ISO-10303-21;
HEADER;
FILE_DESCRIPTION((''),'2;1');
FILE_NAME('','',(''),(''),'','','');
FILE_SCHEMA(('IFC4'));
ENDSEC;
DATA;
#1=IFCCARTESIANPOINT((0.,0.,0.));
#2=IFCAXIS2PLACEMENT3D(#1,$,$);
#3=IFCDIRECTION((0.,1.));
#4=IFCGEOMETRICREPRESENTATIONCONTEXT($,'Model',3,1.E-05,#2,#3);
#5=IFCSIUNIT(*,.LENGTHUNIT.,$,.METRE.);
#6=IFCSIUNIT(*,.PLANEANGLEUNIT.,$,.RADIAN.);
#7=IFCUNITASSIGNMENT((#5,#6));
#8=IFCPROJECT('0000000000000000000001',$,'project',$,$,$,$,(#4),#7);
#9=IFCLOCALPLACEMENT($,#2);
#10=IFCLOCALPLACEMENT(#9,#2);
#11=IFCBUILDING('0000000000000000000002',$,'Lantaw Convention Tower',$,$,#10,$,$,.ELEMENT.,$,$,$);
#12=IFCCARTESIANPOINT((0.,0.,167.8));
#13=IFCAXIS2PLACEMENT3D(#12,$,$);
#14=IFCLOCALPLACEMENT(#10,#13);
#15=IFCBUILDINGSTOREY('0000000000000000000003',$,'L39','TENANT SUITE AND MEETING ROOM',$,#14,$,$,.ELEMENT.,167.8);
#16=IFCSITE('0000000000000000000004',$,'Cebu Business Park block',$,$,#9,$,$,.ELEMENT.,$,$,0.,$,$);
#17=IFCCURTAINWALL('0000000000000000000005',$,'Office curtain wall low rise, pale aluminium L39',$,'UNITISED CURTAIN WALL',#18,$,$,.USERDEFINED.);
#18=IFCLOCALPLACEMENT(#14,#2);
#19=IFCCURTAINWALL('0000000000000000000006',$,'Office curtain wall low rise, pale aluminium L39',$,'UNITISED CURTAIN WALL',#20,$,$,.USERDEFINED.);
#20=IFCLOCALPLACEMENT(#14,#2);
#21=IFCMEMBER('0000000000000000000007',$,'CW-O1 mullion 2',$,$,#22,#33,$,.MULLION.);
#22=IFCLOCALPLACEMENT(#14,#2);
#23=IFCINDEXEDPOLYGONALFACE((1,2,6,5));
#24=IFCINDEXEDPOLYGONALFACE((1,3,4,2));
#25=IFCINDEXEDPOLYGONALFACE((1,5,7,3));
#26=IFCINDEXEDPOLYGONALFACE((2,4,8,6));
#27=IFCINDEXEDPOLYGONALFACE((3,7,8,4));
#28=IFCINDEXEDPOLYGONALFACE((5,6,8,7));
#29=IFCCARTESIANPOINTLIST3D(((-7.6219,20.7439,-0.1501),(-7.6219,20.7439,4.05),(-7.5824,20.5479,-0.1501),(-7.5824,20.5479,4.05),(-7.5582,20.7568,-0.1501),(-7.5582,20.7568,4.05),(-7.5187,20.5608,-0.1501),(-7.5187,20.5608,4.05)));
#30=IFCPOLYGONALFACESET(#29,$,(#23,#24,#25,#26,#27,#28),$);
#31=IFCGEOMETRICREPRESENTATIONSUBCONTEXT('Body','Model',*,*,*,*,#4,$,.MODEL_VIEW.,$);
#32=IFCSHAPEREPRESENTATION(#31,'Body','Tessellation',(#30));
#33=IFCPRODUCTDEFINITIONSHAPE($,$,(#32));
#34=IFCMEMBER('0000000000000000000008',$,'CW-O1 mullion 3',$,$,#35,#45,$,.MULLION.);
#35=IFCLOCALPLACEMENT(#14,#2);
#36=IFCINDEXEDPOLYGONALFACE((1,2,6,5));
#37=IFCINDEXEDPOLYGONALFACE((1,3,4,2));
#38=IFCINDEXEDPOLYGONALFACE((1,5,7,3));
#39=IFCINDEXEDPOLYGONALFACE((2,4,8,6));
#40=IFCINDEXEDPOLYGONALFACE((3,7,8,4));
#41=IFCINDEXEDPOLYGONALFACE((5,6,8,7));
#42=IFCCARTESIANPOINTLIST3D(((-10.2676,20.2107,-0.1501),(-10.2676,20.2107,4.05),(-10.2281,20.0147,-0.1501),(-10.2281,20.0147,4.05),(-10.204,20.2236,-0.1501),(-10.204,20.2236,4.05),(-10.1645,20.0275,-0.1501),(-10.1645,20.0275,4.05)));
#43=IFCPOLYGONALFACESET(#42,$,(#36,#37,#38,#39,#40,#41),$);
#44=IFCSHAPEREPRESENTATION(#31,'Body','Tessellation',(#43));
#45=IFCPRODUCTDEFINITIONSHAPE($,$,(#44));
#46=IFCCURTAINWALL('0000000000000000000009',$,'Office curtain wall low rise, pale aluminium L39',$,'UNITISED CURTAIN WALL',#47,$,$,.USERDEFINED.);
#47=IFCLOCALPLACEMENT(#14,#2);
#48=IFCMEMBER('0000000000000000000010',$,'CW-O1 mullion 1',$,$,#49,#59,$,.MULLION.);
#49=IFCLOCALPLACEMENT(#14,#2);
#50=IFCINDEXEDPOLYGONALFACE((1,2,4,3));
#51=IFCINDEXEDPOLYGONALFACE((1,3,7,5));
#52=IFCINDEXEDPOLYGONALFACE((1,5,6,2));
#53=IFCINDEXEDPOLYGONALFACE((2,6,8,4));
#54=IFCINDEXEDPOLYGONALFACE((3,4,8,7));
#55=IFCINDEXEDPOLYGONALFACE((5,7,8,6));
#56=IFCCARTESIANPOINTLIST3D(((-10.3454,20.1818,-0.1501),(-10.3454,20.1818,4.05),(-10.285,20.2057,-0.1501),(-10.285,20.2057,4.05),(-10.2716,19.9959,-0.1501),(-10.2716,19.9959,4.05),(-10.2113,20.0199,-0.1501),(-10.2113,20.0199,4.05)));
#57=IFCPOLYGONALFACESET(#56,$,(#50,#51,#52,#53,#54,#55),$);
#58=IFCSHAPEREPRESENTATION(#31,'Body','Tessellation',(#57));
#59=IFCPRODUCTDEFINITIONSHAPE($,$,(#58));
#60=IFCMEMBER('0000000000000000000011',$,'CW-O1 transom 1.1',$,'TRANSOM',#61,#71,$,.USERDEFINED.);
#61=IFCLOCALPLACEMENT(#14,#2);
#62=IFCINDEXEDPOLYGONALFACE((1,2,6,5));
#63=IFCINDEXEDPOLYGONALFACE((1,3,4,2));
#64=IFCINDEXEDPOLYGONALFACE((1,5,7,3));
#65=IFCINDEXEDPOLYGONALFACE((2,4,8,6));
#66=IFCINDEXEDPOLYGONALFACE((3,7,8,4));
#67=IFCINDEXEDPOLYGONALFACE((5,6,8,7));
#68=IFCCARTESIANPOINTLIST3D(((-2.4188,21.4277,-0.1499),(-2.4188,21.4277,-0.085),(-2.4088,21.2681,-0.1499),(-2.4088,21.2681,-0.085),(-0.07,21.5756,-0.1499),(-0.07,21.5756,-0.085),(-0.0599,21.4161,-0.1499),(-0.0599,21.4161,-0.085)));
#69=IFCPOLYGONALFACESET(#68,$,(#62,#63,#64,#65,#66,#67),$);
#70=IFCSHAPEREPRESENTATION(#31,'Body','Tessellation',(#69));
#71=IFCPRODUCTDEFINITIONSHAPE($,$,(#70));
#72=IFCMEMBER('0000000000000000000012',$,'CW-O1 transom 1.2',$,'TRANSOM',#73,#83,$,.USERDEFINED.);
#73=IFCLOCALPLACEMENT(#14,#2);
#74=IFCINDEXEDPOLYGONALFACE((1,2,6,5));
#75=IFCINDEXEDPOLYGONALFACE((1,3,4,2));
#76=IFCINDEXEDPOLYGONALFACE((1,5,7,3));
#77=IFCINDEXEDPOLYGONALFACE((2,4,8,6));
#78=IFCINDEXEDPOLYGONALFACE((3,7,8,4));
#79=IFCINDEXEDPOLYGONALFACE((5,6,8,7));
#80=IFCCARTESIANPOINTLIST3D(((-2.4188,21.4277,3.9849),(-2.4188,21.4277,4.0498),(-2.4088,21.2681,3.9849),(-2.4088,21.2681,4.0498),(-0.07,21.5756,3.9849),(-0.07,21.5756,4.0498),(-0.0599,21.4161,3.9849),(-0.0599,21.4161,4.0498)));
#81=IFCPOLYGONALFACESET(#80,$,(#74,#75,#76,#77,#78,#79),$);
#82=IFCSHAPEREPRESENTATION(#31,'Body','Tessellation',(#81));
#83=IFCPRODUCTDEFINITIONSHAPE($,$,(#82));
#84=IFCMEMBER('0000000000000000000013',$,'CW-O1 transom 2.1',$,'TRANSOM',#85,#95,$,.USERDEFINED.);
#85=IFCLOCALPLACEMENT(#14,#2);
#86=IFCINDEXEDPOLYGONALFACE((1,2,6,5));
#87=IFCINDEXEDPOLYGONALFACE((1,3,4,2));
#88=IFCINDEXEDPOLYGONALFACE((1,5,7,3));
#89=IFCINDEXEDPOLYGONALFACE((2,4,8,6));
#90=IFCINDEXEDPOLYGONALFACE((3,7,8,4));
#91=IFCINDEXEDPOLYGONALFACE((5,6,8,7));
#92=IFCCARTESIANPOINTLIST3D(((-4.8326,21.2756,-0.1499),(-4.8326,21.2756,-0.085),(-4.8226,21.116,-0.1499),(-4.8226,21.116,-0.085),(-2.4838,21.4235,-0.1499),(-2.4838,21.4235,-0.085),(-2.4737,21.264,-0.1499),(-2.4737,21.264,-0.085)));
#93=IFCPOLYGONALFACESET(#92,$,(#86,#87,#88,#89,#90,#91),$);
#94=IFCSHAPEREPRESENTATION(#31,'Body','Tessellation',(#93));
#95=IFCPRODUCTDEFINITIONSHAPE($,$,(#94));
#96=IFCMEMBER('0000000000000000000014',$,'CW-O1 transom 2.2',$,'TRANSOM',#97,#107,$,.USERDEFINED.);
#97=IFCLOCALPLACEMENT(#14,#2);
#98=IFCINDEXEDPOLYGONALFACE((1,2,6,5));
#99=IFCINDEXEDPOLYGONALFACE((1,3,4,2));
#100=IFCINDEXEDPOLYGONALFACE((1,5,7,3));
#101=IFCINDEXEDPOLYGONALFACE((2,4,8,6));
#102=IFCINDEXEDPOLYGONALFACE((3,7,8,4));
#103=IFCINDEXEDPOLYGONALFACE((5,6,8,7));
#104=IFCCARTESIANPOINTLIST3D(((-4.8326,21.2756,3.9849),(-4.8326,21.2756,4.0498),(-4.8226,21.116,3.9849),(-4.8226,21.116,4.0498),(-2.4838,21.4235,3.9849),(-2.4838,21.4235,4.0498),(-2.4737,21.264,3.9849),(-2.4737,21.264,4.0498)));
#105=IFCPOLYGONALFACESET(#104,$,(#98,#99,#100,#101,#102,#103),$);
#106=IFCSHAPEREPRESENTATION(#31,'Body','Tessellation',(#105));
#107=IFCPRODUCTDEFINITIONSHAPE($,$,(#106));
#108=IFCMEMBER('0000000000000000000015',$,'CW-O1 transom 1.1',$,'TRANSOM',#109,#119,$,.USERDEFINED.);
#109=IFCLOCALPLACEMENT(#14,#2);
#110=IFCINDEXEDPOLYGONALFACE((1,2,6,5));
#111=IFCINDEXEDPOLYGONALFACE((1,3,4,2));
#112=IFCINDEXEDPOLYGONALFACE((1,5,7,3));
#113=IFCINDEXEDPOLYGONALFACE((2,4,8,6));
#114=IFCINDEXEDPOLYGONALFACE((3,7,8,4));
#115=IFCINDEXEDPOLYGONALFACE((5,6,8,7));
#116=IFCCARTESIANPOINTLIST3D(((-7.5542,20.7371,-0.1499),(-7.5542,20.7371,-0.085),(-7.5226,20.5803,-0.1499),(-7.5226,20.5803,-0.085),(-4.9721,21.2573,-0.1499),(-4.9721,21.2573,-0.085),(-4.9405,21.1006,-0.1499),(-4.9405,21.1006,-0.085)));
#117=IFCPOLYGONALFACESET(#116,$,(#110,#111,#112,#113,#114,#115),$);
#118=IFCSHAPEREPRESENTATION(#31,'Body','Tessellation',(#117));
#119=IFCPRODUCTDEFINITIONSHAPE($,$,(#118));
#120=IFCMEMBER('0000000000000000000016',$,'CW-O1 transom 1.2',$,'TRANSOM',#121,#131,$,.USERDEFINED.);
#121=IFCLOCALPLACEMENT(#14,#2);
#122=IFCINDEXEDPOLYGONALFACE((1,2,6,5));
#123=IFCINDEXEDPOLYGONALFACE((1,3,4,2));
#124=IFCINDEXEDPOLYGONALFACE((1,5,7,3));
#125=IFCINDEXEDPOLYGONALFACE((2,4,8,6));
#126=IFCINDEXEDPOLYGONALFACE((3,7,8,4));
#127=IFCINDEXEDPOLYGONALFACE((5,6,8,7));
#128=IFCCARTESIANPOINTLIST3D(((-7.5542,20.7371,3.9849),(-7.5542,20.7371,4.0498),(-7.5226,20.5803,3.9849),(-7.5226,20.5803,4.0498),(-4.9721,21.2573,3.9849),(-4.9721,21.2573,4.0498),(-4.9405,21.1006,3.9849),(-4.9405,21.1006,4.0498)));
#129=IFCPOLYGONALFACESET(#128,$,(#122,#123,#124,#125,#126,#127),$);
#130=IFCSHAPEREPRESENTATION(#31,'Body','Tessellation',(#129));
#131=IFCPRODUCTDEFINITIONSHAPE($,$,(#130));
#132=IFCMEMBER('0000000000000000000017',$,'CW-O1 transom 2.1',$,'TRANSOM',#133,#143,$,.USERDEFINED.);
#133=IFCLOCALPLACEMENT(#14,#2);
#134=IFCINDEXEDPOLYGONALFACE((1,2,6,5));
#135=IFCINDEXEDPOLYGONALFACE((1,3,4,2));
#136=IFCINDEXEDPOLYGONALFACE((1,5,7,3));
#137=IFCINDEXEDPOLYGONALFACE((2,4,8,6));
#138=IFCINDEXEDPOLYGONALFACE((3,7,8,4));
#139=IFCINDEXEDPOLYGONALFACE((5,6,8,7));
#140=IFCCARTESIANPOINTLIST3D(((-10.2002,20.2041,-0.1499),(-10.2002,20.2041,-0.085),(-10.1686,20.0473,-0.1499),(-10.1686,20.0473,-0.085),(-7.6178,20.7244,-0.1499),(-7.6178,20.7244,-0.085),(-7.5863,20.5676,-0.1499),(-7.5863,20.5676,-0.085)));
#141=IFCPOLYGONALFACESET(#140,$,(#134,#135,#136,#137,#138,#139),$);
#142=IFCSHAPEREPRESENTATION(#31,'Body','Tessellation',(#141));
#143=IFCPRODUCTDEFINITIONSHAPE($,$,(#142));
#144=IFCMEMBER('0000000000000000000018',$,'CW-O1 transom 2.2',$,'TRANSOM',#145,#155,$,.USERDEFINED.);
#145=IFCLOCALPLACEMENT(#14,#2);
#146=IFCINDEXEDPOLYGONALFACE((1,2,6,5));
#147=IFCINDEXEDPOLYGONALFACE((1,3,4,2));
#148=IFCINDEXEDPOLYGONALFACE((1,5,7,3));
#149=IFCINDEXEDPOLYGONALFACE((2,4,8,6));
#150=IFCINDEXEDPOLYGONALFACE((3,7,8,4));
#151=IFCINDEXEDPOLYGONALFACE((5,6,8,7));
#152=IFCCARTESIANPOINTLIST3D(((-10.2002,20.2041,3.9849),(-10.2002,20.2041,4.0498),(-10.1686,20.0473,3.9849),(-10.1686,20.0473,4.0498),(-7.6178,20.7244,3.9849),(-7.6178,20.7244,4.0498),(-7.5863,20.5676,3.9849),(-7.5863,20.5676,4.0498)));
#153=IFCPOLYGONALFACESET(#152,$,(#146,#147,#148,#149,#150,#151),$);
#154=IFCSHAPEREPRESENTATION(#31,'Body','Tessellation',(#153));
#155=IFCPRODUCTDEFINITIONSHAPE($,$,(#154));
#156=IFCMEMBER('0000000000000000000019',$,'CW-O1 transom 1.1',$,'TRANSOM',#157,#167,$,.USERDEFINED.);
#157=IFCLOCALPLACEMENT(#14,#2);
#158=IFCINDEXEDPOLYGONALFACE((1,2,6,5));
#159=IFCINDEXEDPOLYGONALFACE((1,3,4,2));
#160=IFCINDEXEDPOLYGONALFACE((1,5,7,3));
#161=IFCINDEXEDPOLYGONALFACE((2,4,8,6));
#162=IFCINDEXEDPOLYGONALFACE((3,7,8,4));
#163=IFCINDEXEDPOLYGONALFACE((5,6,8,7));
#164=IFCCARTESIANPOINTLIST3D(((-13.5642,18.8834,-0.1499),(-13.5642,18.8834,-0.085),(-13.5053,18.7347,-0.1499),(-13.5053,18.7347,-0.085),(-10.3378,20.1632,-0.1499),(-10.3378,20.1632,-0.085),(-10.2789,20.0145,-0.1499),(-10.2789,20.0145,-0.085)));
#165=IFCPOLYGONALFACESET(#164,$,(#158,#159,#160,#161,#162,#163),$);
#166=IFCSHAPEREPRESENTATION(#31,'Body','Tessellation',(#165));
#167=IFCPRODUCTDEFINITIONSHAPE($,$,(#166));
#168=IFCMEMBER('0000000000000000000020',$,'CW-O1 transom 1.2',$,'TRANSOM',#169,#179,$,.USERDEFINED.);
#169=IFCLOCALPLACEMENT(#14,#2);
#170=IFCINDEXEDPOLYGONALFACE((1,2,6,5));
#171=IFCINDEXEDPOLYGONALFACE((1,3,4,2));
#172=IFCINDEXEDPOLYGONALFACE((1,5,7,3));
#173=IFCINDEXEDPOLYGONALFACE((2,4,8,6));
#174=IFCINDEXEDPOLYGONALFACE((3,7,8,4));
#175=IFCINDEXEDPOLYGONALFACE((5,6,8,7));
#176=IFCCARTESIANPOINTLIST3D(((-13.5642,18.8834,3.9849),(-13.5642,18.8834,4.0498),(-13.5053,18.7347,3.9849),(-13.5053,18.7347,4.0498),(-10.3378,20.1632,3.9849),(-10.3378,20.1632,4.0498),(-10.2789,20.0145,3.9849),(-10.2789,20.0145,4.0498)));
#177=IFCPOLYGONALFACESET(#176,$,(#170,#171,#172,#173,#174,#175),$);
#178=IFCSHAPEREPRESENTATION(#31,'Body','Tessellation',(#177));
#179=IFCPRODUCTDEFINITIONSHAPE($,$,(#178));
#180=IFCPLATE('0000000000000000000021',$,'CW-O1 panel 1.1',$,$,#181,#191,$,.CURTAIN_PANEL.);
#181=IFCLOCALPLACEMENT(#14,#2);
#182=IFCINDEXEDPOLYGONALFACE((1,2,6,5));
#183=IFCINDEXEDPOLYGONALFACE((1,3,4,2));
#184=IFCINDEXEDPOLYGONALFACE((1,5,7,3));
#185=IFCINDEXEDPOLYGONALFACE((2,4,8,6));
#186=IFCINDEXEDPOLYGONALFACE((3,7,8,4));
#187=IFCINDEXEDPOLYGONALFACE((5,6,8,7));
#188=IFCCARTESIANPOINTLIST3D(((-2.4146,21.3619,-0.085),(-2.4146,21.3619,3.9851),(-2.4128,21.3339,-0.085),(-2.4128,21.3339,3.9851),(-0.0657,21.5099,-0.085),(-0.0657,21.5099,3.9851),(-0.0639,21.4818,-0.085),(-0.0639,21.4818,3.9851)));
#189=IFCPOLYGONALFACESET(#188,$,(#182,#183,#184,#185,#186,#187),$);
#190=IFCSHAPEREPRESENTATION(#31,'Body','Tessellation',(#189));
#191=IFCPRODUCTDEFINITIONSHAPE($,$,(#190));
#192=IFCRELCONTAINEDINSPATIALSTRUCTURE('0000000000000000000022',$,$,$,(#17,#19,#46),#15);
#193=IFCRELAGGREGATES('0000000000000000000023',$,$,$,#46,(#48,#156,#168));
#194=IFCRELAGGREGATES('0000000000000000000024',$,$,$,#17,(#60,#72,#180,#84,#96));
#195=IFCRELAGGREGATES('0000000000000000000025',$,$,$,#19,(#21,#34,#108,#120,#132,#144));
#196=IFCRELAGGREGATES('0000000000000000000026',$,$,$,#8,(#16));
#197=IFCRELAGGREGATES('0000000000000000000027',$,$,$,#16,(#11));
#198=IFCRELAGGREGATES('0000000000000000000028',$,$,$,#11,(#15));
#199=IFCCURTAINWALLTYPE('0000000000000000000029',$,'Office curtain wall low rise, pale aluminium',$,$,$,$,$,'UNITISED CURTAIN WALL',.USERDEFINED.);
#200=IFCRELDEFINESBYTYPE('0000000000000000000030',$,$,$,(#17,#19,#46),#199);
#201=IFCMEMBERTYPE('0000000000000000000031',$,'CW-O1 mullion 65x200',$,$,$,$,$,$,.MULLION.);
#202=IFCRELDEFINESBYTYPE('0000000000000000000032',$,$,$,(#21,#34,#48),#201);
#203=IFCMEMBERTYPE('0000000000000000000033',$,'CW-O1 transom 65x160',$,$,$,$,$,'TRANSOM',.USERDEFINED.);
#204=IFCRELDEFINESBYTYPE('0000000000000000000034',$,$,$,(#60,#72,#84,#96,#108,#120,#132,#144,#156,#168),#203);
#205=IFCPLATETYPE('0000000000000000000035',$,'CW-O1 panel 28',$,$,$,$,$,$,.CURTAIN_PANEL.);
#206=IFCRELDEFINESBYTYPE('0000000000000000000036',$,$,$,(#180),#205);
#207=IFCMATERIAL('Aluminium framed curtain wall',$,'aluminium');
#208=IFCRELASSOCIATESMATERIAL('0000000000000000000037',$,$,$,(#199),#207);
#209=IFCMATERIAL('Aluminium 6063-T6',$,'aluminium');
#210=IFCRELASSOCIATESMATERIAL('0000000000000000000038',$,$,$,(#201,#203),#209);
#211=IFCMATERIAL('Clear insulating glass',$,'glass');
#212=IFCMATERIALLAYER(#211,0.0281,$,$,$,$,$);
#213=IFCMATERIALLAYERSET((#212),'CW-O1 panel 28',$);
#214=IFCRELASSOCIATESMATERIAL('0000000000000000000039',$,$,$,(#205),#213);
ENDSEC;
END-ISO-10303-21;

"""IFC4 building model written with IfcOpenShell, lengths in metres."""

from ifc_helpers import new_model, si_unit, direction, frame, origin, origin_2d, place, context, subcontext, project, spatial, rectangle, extrude, material, layer, layer_set, material_profile, profile_set, type_object, element, aggregate, save


model = new_model("IFC4")

# Units and contexts
model_context = context("Model", 3, precision=1e-05, world=origin(), true_north=direction((0.0, 1.0)))
body_context = subcontext(model_context, "Body", "Model", "MODEL_VIEW")
ifc_project = project(units=[si_unit("LENGTHUNIT", "METRE"), si_unit("PLANEANGLEUNIT", "RADIAN")], contexts=[model_context])

# Site, building, storey
site_placement = place(None, origin())
site = spatial("IfcSite", under=ifc_project, at=site_placement, Name="Cebu Business Park block", CompositionType="ELEMENT", RefElevation=0.0)
building_placement = place(site_placement, origin())
building = spatial("IfcBuilding", under=site, at=building_placement, Name="Lantaw Convention Tower", CompositionType="ELEMENT")
storey_placement = place(building_placement, frame((0.0, 0.0, 167.8)))
storey = spatial("IfcBuildingStorey", under=building, at=storey_placement, Name="L39", Description="TENANT SUITE AND MEETING ROOM", CompositionType="ELEMENT", Elevation=167.8)

# Curtain walls, members
ifc_material_1 = material(Name="Aluminium framed curtain wall", Category="aluminium")
curtain_wall_type = type_object("IfcCurtainWallType", Name="Office curtain wall low rise, pale aluminium", ElementType="UNITISED CURTAIN WALL", PredefinedType="USERDEFINED", material=ifc_material_1)
curtain_wall_1_placement = place(storey_placement, origin())
curtain_wall_1 = element("IfcCurtainWall", 1, at=curtain_wall_1_placement, inside=storey, type_object=curtain_wall_type, Name="Office curtain wall low rise, pale aluminium L39", ObjectType="UNITISED CURTAIN WALL", PredefinedType="USERDEFINED")
ifc_material_2 = material(Name="Aluminium 6063-T6", Category="aluminium")
ifc_material_profile_1 = material_profile(ifc_material_2, rectangle(XDim=0.2, YDim=0.0649, at=origin_2d()), Name="CW-O1 mullion 65x200")
ifc_profile_set_1 = profile_set([ifc_material_profile_1], Name="Aluminium 6063-T6")
member_type_1 = type_object("IfcMemberType", Name="CW-O1 mullion 65x200", PredefinedType="MULLION", material=ifc_profile_set_1)
curtain_wall_2_placement = place(storey_placement, origin())
curtain_wall_2 = element("IfcCurtainWall", 2, at=curtain_wall_2_placement, inside=storey, type_object=curtain_wall_type, Name="Office curtain wall low rise, pale aluminium L39", ObjectType="UNITISED CURTAIN WALL", PredefinedType="USERDEFINED")
member_1_placement = place(storey_placement, frame((-7.5703, 20.6523, -0.1501), z_axis=(0.0, 0.0, 1.0), x_axis=(0.197507, -0.980302, 0.0)))
member_1 = element("IfcMember", 3, at=member_1_placement, type_object=member_type_1, Name="CW-O1 mullion 2", PredefinedType="MULLION", context=body_context, shape_type="SweptSolid", body=[
    extrude(rectangle(XDim=0.2, YDim=0.0649, at=origin_2d()), origin(), (0.0, 0.0, 1.0), 4.2002),
])
member_2_placement = place(storey_placement, frame((-10.2161, 20.1191, -0.1501), z_axis=(0.0, 0.0, 1.0), x_axis=(0.197507, -0.980302, 0.0)))
member_2 = element("IfcMember", 4, at=member_2_placement, type_object=member_type_1, Name="CW-O1 mullion 3", PredefinedType="MULLION", context=body_context, shape_type="SweptSolid", body=[
    extrude(rectangle(XDim=0.2, YDim=0.0649, at=origin_2d()), origin(), (0.0, 0.0, 1.0), 4.2002),
])

# Curtain wall, member
curtain_wall_3_placement = place(storey_placement, origin())
curtain_wall_3 = element("IfcCurtainWall", 5, at=curtain_wall_3_placement, inside=storey, type_object=curtain_wall_type, Name="Office curtain wall low rise, pale aluminium L39", ObjectType="UNITISED CURTAIN WALL", PredefinedType="USERDEFINED")
member_3_placement = place(storey_placement, frame((-10.2783, 20.1008, -0.1501), z_axis=(0.0, 0.0, 1.0), x_axis=(0.368702, -0.929548, 0.0)))
member_3 = element("IfcMember", 6, at=member_3_placement, type_object=member_type_1, Name="CW-O1 mullion 1", PredefinedType="MULLION", context=body_context, shape_type="SweptSolid", body=[
    extrude(rectangle(XDim=0.2, YDim=0.0649, at=origin_2d()), origin(), (0.0, 0.0, 1.0), 4.2002),
])

# Members
ifc_material_profile_2 = material_profile(ifc_material_2, rectangle(XDim=0.1599, YDim=0.0649, at=origin_2d()), Name="CW-O1 transom 65x160")
ifc_profile_set_2 = profile_set([ifc_material_profile_2], Name="Aluminium 6063-T6")
member_type_2 = type_object("IfcMemberType", Name="CW-O1 transom 65x160", ElementType="TRANSOM", PredefinedType="USERDEFINED", material=ifc_profile_set_2)
member_4_placement = place(storey_placement, frame((-0.0649, 21.4958, -0.1174), z_axis=(-0.998022, -0.062863, 0.0), x_axis=(0.062863, -0.998022, 0.0)))
member_4 = element("IfcMember", 7, at=member_4_placement, type_object=member_type_2, Name="CW-O1 transom 1.1", ObjectType="TRANSOM", PredefinedType="USERDEFINED", context=body_context, shape_type="SweptSolid", body=[
    extrude(rectangle(XDim=0.1599, YDim=0.0649, at=origin_2d()), origin(), (0.0, 0.0, 1.0), 2.3535),
])
member_5_placement = place(storey_placement, frame((-0.0649, 21.4958, 4.0173), z_axis=(-0.998022, -0.062863, 0.0), x_axis=(0.062863, -0.998022, 0.0)))
member_5 = element("IfcMember", 8, at=member_5_placement, type_object=member_type_2, Name="CW-O1 transom 1.2", ObjectType="TRANSOM", PredefinedType="USERDEFINED", context=body_context, shape_type="SweptSolid", body=[
    extrude(rectangle(XDim=0.1599, YDim=0.0649, at=origin_2d()), origin(), (0.0, 0.0, 1.0), 2.3535),
])
member_6_placement = place(storey_placement, frame((-2.4788, 21.3438, -0.1174), z_axis=(-0.998022, -0.062863, 0.0), x_axis=(0.062863, -0.998022, 0.0)))
member_6 = element("IfcMember", 9, at=member_6_placement, type_object=member_type_2, Name="CW-O1 transom 2.1", ObjectType="TRANSOM", PredefinedType="USERDEFINED", context=body_context, shape_type="SweptSolid", body=[
    extrude(rectangle(XDim=0.1599, YDim=0.0649, at=origin_2d()), origin(), (0.0, 0.0, 1.0), 2.3535),
])
member_7_placement = place(storey_placement, frame((-2.4788, 21.3438, 4.0173), z_axis=(-0.998022, -0.062863, 0.0), x_axis=(0.062863, -0.998022, 0.0)))
member_7 = element("IfcMember", 10, at=member_7_placement, type_object=member_type_2, Name="CW-O1 transom 2.2", ObjectType="TRANSOM", PredefinedType="USERDEFINED", context=body_context, shape_type="SweptSolid", body=[
    extrude(rectangle(XDim=0.1599, YDim=0.0649, at=origin_2d()), origin(), (0.0, 0.0, 1.0), 2.3535),
])
member_8_placement = place(storey_placement, frame((-4.9563, 21.179, -0.1174), z_axis=(-0.980298, -0.197524, 0.0), x_axis=(0.197524, -0.980298, 0.0)))
member_8 = element("IfcMember", 11, at=member_8_placement, type_object=member_type_2, Name="CW-O1 transom 1.1", ObjectType="TRANSOM", PredefinedType="USERDEFINED", context=body_context, shape_type="SweptSolid", body=[
    extrude(rectangle(XDim=0.1599, YDim=0.0649, at=origin_2d()), origin(), (0.0, 0.0, 1.0), 2.634),
])
member_9_placement = place(storey_placement, frame((-4.9563, 21.179, 4.0173), z_axis=(-0.980298, -0.197524, 0.0), x_axis=(0.197524, -0.980298, 0.0)))
member_9 = element("IfcMember", 12, at=member_9_placement, type_object=member_type_2, Name="CW-O1 transom 1.2", ObjectType="TRANSOM", PredefinedType="USERDEFINED", context=body_context, shape_type="SweptSolid", body=[
    extrude(rectangle(XDim=0.1599, YDim=0.0649, at=origin_2d()), origin(), (0.0, 0.0, 1.0), 2.634),
])
member_10_placement = place(storey_placement, frame((-7.6021, 20.646, -0.1174), z_axis=(-0.980302, -0.197506, 0.0), x_axis=(0.197506, -0.980302, 0.0)))
member_10 = element("IfcMember", 13, at=member_10_placement, type_object=member_type_2, Name="CW-O1 transom 2.1", ObjectType="TRANSOM", PredefinedType="USERDEFINED", context=body_context, shape_type="SweptSolid", body=[
    extrude(rectangle(XDim=0.1599, YDim=0.0649, at=origin_2d()), origin(), (0.0, 0.0, 1.0), 2.6343),
])
member_11_placement = place(storey_placement, frame((-7.6021, 20.646, 4.0173), z_axis=(-0.980302, -0.197506, 0.0), x_axis=(0.197506, -0.980302, 0.0)))
member_11 = element("IfcMember", 14, at=member_11_placement, type_object=member_type_2, Name="CW-O1 transom 2.2", ObjectType="TRANSOM", PredefinedType="USERDEFINED", context=body_context, shape_type="SweptSolid", body=[
    extrude(rectangle(XDim=0.1599, YDim=0.0649, at=origin_2d()), origin(), (0.0, 0.0, 1.0), 2.6343),
])
member_12_placement = place(storey_placement, frame((-10.3083, 20.0889, -0.1174), z_axis=(-0.92954, -0.368721, 0.0), x_axis=(0.368721, -0.92954, 0.0)))
member_12 = element("IfcMember", 15, at=member_12_placement, type_object=member_type_2, Name="CW-O1 transom 1.1", ObjectType="TRANSOM", PredefinedType="USERDEFINED", context=body_context, shape_type="SweptSolid", body=[
    extrude(rectangle(XDim=0.1599, YDim=0.0649, at=origin_2d()), origin(), (0.0, 0.0, 1.0), 3.4709),
])
member_13_placement = place(storey_placement, frame((-10.3083, 20.0889, 4.0173), z_axis=(-0.92954, -0.368721, 0.0), x_axis=(0.368721, -0.92954, 0.0)))
member_13 = element("IfcMember", 16, at=member_13_placement, type_object=member_type_2, Name="CW-O1 transom 1.2", ObjectType="TRANSOM", PredefinedType="USERDEFINED", context=body_context, shape_type="SweptSolid", body=[
    extrude(rectangle(XDim=0.1599, YDim=0.0649, at=origin_2d()), origin(), (0.0, 0.0, 1.0), 3.4709),
])
aggregate(curtain_wall_3, [member_3, member_12, member_13])

# Plate
ifc_material_3 = material(Name="Clear insulating glass", Category="glass")
ifc_layer_1 = layer(ifc_material_3, 0.0281)
ifc_layer_set_1 = layer_set([ifc_layer_1], Name="CW-O1 panel 28")
plate_type_1 = type_object("IfcPlateType", Name="CW-O1 panel 28", PredefinedType="CURTAIN_PANEL", material=ifc_layer_set_1)
plate_1_placement = place(storey_placement, frame((-1.2393, 21.4219, -0.085), z_axis=(0.0, 0.0, 1.0), x_axis=(-0.998022, -0.062865, 0.0)))
plate_1 = element("IfcPlate", 17, at=plate_1_placement, type_object=plate_type_1, Name="CW-O1 panel 1.1", PredefinedType="CURTAIN_PANEL", context=body_context, shape_type="SweptSolid", body=[
    extrude(rectangle(XDim=2.3535, YDim=0.0281, at=origin_2d()), origin(), (0.0, 0.0, 1.0), 4.0701),
])
aggregate(curtain_wall_1, [member_4, member_5, plate_1, member_6, member_7])
aggregate(curtain_wall_2, [member_1, member_2, member_8, member_9, member_10, member_11])

save(model, "model.ifc")
